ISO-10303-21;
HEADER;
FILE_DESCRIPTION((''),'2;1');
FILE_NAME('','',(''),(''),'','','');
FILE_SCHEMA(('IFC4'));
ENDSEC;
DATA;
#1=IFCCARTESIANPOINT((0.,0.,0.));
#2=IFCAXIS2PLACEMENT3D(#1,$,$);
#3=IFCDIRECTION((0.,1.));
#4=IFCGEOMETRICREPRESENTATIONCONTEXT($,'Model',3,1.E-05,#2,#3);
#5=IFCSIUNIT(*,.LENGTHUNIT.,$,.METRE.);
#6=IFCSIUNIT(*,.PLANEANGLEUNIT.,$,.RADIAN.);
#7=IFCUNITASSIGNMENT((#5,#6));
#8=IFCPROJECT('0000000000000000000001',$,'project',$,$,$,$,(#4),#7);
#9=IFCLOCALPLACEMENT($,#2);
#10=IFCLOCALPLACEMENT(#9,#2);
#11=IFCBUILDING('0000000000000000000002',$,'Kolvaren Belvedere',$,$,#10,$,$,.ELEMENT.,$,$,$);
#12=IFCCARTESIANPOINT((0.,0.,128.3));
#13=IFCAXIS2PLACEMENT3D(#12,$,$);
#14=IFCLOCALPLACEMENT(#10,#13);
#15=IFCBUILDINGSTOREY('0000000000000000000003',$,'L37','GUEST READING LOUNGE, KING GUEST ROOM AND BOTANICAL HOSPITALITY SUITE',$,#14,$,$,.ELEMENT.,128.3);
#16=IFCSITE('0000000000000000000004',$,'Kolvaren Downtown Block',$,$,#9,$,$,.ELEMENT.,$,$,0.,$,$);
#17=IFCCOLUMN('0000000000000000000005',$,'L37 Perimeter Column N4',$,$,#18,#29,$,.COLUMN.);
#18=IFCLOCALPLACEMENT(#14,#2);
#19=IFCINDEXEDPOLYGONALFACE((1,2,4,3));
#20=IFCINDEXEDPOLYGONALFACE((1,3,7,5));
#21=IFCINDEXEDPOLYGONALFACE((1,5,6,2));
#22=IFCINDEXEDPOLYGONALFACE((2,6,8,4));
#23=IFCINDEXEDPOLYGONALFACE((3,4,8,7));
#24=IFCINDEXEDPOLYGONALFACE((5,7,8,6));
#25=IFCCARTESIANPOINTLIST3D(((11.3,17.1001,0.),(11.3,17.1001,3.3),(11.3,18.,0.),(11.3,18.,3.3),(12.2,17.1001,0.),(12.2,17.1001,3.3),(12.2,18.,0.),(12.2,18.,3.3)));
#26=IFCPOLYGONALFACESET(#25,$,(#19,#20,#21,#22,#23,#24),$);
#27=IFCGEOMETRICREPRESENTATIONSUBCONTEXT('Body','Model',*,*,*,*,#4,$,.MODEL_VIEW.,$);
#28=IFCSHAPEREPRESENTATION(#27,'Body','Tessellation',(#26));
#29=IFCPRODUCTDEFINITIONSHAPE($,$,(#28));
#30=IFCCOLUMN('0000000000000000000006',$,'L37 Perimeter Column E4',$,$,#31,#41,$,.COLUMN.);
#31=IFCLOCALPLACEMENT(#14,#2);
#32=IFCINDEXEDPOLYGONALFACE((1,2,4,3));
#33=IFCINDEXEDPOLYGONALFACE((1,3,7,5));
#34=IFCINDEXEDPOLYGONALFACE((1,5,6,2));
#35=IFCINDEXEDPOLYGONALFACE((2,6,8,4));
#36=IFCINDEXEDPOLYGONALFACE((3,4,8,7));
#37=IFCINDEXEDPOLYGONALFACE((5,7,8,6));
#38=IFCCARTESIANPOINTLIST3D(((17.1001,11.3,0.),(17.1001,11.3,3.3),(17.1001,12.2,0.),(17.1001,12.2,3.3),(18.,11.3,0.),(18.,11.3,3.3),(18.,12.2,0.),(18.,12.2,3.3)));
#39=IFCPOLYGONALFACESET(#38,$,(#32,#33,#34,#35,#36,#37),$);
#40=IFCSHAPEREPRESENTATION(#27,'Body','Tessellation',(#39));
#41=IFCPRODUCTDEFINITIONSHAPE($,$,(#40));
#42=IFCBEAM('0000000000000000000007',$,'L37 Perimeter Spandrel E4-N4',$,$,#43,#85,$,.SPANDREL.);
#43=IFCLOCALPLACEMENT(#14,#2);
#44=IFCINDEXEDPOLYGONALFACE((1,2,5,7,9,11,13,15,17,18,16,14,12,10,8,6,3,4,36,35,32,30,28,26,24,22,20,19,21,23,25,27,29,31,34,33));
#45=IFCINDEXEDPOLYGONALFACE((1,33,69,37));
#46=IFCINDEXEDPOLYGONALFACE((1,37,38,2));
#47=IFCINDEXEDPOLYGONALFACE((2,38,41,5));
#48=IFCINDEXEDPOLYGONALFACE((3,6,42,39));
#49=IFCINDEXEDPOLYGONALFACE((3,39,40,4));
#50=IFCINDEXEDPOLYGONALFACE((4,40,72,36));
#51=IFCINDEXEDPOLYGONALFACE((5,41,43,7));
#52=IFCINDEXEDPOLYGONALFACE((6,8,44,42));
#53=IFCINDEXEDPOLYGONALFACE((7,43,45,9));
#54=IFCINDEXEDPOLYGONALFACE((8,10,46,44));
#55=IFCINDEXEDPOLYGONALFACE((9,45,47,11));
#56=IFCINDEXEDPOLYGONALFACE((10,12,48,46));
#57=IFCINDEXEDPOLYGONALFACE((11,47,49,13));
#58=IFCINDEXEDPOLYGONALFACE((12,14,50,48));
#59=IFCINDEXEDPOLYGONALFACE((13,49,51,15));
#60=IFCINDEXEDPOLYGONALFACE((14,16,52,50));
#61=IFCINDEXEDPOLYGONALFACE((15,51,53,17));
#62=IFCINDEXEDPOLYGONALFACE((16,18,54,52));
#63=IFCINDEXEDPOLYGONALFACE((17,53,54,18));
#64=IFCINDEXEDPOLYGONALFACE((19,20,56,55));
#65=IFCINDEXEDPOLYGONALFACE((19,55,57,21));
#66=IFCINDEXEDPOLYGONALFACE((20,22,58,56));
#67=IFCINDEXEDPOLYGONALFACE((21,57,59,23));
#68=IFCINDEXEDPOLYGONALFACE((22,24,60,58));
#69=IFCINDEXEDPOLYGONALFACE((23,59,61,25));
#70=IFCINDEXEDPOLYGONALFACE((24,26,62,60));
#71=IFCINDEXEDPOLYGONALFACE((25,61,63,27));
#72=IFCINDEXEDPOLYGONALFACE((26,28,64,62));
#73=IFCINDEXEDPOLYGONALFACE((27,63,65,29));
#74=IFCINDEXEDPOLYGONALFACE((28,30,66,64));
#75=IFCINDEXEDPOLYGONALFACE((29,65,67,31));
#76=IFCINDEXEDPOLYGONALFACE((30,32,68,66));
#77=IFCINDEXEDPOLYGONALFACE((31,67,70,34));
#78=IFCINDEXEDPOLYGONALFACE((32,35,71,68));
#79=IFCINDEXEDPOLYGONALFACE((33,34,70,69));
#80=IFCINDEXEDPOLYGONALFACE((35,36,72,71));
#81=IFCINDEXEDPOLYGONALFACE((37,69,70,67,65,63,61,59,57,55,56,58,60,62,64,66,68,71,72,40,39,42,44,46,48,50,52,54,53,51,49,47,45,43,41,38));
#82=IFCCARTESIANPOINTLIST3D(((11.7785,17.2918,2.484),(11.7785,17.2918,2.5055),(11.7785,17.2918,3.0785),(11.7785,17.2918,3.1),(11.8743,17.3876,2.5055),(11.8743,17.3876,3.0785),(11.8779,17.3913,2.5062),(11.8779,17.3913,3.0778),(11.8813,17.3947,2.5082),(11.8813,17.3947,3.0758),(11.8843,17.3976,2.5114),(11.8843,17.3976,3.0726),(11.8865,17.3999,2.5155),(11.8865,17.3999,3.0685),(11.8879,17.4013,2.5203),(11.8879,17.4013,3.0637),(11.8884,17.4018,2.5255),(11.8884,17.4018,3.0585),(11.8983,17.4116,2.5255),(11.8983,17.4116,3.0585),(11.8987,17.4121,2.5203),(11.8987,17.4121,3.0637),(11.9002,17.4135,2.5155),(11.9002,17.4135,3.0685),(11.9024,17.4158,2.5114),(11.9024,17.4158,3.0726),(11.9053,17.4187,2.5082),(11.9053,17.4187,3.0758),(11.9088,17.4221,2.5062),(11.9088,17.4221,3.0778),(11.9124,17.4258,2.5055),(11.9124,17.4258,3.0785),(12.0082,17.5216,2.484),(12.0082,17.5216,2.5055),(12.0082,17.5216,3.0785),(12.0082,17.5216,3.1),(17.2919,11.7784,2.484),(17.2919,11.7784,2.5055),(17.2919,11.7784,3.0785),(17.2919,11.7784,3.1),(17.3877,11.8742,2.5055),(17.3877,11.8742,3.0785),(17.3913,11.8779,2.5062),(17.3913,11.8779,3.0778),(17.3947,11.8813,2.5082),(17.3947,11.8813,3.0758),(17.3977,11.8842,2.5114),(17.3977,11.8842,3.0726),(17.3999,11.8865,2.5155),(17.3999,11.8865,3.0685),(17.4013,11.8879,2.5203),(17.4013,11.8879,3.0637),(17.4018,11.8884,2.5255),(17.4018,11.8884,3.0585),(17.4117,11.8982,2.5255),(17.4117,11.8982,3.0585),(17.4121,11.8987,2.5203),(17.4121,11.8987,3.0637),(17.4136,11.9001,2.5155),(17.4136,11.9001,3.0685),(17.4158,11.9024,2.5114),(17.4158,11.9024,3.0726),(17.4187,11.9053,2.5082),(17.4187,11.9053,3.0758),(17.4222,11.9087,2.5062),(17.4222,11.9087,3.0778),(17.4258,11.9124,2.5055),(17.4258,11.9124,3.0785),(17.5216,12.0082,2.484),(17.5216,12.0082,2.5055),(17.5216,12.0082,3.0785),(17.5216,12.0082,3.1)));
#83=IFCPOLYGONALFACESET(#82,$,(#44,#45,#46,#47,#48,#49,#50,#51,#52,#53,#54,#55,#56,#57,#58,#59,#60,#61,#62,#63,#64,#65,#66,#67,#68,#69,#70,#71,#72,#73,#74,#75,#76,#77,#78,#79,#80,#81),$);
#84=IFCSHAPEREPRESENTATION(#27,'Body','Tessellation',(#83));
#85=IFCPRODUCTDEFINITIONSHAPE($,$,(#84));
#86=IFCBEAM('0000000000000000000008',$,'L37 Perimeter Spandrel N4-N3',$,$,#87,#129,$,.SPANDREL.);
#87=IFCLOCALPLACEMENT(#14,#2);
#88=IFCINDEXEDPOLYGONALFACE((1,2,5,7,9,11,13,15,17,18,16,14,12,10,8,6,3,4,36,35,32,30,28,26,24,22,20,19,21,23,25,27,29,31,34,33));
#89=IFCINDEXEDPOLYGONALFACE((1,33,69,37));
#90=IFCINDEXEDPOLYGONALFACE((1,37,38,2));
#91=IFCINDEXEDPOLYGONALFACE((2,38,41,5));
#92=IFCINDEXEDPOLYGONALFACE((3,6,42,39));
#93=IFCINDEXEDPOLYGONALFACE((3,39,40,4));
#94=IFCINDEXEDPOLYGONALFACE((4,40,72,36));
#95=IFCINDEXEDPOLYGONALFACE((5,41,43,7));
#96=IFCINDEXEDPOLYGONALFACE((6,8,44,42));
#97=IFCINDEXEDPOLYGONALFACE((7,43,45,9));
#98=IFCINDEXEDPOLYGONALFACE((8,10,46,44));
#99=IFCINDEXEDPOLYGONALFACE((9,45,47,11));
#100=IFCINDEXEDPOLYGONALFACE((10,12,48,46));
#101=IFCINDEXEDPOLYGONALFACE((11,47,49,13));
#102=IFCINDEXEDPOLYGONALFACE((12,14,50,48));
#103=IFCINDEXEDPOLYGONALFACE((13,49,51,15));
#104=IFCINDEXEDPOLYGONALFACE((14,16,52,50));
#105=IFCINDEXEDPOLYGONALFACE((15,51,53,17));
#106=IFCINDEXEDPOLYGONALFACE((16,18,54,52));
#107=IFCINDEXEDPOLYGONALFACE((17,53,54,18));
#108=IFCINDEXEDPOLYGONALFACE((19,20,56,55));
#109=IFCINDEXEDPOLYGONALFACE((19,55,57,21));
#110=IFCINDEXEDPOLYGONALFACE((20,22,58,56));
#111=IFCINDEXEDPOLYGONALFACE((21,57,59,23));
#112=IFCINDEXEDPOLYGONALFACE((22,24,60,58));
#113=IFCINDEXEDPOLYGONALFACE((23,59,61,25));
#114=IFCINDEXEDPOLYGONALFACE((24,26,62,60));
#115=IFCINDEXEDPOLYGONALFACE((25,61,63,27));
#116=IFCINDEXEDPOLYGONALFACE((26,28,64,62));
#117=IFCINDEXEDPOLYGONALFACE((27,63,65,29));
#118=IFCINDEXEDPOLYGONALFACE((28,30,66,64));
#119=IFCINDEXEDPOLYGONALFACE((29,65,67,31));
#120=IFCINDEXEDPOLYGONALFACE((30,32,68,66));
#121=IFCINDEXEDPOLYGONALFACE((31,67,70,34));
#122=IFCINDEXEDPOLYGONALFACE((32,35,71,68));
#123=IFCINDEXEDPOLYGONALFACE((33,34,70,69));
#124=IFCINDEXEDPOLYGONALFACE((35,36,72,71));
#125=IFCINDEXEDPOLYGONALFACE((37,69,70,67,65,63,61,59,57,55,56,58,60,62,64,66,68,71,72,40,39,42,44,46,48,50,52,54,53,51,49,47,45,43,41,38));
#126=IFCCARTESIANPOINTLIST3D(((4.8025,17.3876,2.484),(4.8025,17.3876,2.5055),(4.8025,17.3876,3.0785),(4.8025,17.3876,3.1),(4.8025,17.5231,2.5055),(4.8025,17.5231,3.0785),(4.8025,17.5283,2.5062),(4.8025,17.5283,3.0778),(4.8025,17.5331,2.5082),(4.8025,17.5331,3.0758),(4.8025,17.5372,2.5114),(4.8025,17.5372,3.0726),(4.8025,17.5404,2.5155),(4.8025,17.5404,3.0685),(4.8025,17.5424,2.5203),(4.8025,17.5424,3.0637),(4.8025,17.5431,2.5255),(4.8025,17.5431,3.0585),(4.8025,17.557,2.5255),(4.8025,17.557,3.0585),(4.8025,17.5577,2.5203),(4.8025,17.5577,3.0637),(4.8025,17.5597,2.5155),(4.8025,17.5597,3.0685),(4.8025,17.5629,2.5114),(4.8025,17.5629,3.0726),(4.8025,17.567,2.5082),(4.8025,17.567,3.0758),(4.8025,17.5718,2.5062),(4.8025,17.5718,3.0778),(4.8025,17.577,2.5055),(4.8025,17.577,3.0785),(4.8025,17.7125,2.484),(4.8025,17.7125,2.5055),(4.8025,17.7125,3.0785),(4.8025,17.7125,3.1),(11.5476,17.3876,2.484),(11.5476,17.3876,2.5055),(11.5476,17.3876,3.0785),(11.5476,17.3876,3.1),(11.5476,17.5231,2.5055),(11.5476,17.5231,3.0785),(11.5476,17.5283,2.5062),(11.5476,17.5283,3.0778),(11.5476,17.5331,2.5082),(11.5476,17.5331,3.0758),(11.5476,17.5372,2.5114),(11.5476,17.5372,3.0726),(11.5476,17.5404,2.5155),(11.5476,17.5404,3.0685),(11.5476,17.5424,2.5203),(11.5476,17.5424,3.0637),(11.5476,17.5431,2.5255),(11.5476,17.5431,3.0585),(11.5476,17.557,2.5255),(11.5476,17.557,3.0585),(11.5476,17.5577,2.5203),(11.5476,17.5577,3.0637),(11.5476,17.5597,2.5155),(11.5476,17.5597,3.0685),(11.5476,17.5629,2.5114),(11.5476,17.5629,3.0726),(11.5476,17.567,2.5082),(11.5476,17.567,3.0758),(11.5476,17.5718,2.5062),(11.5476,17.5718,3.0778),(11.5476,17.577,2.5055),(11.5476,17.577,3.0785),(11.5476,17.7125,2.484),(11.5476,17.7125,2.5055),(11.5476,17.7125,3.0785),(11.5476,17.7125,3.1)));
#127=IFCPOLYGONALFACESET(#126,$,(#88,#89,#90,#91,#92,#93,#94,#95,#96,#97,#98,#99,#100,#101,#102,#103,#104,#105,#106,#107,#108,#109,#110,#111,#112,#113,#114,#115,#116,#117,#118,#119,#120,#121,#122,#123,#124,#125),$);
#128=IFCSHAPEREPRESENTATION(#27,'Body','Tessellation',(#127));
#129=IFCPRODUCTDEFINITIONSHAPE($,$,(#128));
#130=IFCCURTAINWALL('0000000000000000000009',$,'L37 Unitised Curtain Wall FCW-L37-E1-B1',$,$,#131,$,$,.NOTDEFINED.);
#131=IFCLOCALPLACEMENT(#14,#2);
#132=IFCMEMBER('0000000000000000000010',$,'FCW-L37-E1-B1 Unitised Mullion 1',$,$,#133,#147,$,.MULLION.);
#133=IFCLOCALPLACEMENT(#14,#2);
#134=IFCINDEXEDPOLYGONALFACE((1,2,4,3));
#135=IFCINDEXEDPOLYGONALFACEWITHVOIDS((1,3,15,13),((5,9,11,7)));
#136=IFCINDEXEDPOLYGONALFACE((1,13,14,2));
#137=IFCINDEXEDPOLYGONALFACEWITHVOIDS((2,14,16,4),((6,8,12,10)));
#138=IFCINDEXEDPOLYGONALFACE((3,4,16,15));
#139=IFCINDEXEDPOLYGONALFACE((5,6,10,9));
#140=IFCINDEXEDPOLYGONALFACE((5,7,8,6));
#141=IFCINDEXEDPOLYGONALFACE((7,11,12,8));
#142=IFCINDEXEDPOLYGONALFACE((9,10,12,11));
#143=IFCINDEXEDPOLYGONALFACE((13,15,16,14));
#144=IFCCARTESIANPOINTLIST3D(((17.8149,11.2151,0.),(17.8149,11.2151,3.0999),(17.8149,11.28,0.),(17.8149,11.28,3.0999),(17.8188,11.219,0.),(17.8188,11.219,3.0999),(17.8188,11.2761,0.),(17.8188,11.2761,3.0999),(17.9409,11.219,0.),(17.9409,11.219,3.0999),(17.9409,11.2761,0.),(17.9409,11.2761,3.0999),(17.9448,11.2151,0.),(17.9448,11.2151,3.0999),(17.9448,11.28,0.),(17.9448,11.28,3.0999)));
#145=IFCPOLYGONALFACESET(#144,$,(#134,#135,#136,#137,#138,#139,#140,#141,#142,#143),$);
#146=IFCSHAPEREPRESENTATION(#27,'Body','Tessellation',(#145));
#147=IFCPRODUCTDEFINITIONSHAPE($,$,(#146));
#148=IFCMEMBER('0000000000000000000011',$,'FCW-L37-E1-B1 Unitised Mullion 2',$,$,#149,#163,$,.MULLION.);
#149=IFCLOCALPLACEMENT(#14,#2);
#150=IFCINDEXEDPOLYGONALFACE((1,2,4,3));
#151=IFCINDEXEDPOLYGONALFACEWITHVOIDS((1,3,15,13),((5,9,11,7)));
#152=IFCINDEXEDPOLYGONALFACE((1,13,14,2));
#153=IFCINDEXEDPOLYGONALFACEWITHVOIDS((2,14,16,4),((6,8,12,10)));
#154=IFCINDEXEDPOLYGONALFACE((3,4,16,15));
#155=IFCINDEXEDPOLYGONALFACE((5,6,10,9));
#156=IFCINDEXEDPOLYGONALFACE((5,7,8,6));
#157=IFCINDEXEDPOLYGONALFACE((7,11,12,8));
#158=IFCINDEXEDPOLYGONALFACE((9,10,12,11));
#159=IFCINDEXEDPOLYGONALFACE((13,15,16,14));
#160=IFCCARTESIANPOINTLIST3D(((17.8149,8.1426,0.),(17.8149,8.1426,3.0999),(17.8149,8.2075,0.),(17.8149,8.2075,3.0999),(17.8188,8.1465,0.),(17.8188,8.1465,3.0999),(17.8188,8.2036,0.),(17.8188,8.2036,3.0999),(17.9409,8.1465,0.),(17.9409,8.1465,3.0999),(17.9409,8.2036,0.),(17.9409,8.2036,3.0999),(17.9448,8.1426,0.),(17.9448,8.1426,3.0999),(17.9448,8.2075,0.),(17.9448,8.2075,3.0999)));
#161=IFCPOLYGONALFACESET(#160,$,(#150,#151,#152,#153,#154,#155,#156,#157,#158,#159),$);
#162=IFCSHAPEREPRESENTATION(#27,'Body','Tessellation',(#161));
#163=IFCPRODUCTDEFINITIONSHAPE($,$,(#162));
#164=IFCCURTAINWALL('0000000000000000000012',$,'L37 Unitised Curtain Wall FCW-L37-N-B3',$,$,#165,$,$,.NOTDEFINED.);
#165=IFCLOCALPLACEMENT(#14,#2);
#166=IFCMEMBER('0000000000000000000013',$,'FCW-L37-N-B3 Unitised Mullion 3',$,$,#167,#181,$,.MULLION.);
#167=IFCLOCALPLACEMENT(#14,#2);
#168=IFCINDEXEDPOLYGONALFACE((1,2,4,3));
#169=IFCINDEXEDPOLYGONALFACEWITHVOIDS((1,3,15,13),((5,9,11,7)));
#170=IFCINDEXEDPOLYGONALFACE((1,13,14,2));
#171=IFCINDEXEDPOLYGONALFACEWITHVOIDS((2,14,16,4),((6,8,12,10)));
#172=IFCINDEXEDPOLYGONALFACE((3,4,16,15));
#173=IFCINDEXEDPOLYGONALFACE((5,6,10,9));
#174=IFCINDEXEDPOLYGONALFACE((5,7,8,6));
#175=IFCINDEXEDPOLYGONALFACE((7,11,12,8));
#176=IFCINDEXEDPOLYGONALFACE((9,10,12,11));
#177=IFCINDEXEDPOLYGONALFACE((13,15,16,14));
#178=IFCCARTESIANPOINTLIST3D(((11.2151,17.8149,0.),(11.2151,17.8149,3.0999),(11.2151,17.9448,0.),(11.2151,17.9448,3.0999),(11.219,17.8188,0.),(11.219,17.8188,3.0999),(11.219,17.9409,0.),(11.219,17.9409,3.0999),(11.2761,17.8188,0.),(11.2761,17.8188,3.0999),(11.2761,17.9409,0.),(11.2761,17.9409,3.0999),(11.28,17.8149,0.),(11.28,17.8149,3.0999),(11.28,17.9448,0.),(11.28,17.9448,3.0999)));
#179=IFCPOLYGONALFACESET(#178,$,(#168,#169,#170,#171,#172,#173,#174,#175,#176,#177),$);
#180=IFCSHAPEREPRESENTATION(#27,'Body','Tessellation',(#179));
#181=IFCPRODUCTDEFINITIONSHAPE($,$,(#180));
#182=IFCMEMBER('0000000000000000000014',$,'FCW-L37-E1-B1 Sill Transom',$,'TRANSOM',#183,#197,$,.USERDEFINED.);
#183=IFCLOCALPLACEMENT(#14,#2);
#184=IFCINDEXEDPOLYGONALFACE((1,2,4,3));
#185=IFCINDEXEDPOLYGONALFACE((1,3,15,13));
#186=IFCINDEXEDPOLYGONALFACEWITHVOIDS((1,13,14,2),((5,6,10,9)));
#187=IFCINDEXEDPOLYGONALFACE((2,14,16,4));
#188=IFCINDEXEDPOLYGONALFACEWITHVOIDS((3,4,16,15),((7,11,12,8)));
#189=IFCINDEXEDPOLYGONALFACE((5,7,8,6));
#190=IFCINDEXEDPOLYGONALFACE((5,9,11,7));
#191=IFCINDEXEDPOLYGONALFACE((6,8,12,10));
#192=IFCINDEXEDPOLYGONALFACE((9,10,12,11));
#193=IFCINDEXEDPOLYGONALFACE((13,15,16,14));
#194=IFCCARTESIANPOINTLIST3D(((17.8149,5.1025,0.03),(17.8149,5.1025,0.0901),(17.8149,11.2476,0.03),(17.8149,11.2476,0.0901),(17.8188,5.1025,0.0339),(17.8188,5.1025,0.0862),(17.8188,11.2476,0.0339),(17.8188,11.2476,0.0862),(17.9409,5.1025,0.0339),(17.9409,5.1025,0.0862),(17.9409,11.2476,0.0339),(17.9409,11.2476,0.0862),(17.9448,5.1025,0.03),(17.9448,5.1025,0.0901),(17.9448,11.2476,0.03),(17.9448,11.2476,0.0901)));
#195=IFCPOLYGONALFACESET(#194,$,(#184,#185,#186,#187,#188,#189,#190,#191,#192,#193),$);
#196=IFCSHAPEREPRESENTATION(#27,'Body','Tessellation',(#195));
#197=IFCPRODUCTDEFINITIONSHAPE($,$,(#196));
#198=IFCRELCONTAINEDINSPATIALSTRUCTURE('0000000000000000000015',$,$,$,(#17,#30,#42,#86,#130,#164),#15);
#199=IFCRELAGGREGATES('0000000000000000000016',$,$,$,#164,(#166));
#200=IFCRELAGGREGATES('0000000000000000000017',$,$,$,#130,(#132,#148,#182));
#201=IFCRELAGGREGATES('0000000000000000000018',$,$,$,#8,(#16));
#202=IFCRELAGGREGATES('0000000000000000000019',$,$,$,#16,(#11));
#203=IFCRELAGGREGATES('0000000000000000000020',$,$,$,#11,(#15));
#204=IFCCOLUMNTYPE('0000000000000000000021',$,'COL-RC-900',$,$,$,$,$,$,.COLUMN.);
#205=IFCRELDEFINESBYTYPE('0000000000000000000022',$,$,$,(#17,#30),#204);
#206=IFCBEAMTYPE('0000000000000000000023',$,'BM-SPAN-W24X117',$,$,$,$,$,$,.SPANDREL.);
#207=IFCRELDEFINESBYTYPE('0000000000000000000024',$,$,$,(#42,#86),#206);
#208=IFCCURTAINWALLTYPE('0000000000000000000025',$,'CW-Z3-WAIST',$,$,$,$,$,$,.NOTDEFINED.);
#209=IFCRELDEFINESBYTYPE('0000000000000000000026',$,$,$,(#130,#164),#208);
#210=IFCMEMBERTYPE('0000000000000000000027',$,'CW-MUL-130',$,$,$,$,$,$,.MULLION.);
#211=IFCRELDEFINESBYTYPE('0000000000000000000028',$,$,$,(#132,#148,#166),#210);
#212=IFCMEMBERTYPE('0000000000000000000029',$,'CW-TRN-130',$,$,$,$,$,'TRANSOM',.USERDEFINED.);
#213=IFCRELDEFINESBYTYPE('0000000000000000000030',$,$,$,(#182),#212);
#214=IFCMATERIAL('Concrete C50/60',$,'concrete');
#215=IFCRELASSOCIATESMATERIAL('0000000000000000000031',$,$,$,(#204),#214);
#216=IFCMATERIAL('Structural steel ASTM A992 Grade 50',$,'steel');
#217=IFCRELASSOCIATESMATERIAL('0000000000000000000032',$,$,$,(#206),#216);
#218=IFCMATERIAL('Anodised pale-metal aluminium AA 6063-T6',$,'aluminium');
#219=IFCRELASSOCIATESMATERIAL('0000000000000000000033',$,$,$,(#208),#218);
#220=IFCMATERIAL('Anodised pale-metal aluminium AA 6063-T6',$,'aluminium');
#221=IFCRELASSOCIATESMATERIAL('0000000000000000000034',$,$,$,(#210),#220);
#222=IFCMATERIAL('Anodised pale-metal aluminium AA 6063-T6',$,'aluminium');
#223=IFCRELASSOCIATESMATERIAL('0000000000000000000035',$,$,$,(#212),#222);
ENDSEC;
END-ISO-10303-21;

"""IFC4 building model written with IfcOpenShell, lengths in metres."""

from ifc_helpers import new_model, si_unit, direction, frame, origin, origin_2d, place, context, subcontext, project, spatial, rectangle, hollow_rectangle, i_section, extrude, material, material_profile, profile_set, type_object, element, aggregate, save


model = new_model("IFC4")

# Units and contexts
model_context = context("Model", 3, precision=1e-05, world=origin(), true_north=direction((0.0, 1.0)))
body_context = subcontext(model_context, "Body", "Model", "MODEL_VIEW")
ifc_project = project(units=[si_unit("LENGTHUNIT", "METRE"), si_unit("PLANEANGLEUNIT", "RADIAN")], contexts=[model_context])

# Site, building, storey
site_placement = place(None, origin())
site = spatial("IfcSite", under=ifc_project, at=site_placement, Name="Kolvaren Downtown Block", CompositionType="ELEMENT", RefElevation=0.0)
building_placement = place(site_placement, origin())
building = spatial("IfcBuilding", under=site, at=building_placement, Name="Kolvaren Belvedere", CompositionType="ELEMENT")
storey_placement = place(building_placement, frame((0.0, 0.0, 128.3)))
storey = spatial("IfcBuildingStorey", under=building, at=storey_placement, Name="L37", Description="GUEST READING LOUNGE, KING GUEST ROOM AND BOTANICAL HOSPITALITY SUITE", CompositionType="ELEMENT", Elevation=128.3)

# Columns
ifc_material_1 = material(Name="Concrete C50/60", Category="concrete")
ifc_material_profile_1 = material_profile(ifc_material_1, rectangle(XDim=0.8999, YDim=0.8999, at=origin_2d()), Name="RC 900X900")
ifc_profile_set_1 = profile_set([ifc_material_profile_1], Name="Concrete C50/60")
column_type = type_object("IfcColumnType", Name="COL-RC-900", PredefinedType="COLUMN", material=ifc_profile_set_1)
for number, where, z_axis, x_axis, name in (
    (1, (11.75, 17.55, 0.0), (0.0, 0.0, 1.0), (1.0, 0.0, 0.0), "L37 Perimeter Column N4"),
    (2, (17.55, 11.75, 0.0), (0.0, 0.0, 1.0), (1.0, 0.0, 0.0), "L37 Perimeter Column E4"),
):
    element("IfcColumn", number, at=place(storey_placement, frame(where, z_axis=z_axis, x_axis=x_axis)), inside=storey, type_object=column_type, Name=name, PredefinedType="COLUMN", context=body_context, shape_type="SweptSolid", body=[
        extrude(rectangle(XDim=0.8999, YDim=0.8999, at=origin_2d()), origin(), (0.0, 0.0, 1.0), 3.3),
    ])

# Beams
ifc_material_2 = material(Name="Structural steel ASTM A992 Grade 50", Category="steel")
ifc_material_profile_2 = material_profile(ifc_material_2, i_section(OverallWidth=0.325, OverallDepth=0.616, WebThickness=0.0139, FlangeThickness=0.0215, FilletRadius=0.02, at=origin_2d()), Name="W24X117")
ifc_profile_set_2 = profile_set([ifc_material_profile_2], Name="Structural steel ASTM A992 Grade 50")
beam_type = type_object("IfcBeamType", Name="BM-SPAN-W24X117", PredefinedType="SPANDREL", material=ifc_profile_set_2)
beam_1_placement = place(storey_placement, frame((17.4067, 11.8933, 2.792), z_axis=(-0.707107, 0.707107, 0.0), x_axis=(-0.707107, -0.707107, 0.0)))
element("IfcBeam", 3, at=beam_1_placement, inside=storey, type_object=beam_type, Name="L37 Perimeter Spandrel E4-N4", PredefinedType="SPANDREL", context=body_context, shape_type="SweptSolid", body=[
    extrude(i_section(OverallWidth=0.325, OverallDepth=0.616, WebThickness=0.0139, FlangeThickness=0.0215, FilletRadius=0.02, at=origin_2d()), origin(), (0.0, 0.0, 1.0), 7.7971),
])
beam_2_placement = place(storey_placement, frame((11.5476, 17.55, 2.792), z_axis=(-1.0, 0.0, 0.0), x_axis=(0.0, -1.0, 0.0)))
element("IfcBeam", 4, at=beam_2_placement, inside=storey, type_object=beam_type, Name="L37 Perimeter Spandrel N4-N3", PredefinedType="SPANDREL", context=body_context, shape_type="SweptSolid", body=[
    extrude(i_section(OverallWidth=0.325, OverallDepth=0.616, WebThickness=0.0139, FlangeThickness=0.0215, FilletRadius=0.02, at=origin_2d()), origin(), (0.0, 0.0, 1.0), 6.7451),
])

# Curtain wall, members
ifc_material_3 = material(Name="Anodised pale-metal aluminium AA 6063-T6", Category="aluminium")
curtain_wall_type = type_object("IfcCurtainWallType", Name="CW-Z3-WAIST", PredefinedType="NOTDEFINED", material=ifc_material_3)
curtain_wall_1_placement = place(storey_placement, origin())
curtain_wall_1 = element("IfcCurtainWall", 5, at=curtain_wall_1_placement, inside=storey, type_object=curtain_wall_type, Name="L37 Unitised Curtain Wall FCW-L37-E1-B1", PredefinedType="NOTDEFINED")
ifc_material_4 = material(Name="Anodised pale-metal aluminium AA 6063-T6", Category="aluminium")
ifc_material_profile_3 = material_profile(ifc_material_4, hollow_rectangle(XDim=0.0649, YDim=0.1299, WallThickness=0.0039, at=origin_2d()), Name="ALU-MUL-130X65")
ifc_profile_set_3 = profile_set([ifc_material_profile_3], Name="Anodised pale-metal aluminium AA 6063-T6")
member_type_1 = type_object("IfcMemberType", Name="CW-MUL-130", PredefinedType="MULLION", material=ifc_profile_set_3)
member_1_placement = place(storey_placement, frame((17.8799, 11.2476, 0.0), z_axis=(0.0, 0.0, 1.0), x_axis=(0.0, 1.0, 0.0)))
member_1 = element("IfcMember", 6, at=member_1_placement, type_object=member_type_1, Name="FCW-L37-E1-B1 Unitised Mullion 1", PredefinedType="MULLION", context=body_context, shape_type="SweptSolid", body=[
    extrude(hollow_rectangle(XDim=0.0649, YDim=0.1299, WallThickness=0.0039, at=origin_2d()), origin(), (0.0, 0.0, 1.0), 3.0999),
])
member_2_placement = place(storey_placement, frame((17.8799, 8.175, 0.0), z_axis=(0.0, 0.0, 1.0), x_axis=(0.0, 1.0, 0.0)))
member_2 = element("IfcMember", 7, at=member_2_placement, type_object=member_type_1, Name="FCW-L37-E1-B1 Unitised Mullion 2", PredefinedType="MULLION", context=body_context, shape_type="SweptSolid", body=[
    extrude(hollow_rectangle(XDim=0.0649, YDim=0.1299, WallThickness=0.0039, at=origin_2d()), origin(), (0.0, 0.0, 1.0), 3.0999),
])

# Curtain wall, member
curtain_wall_2_placement = place(storey_placement, origin())
curtain_wall_2 = element("IfcCurtainWall", 8, at=curtain_wall_2_placement, inside=storey, type_object=curtain_wall_type, Name="L37 Unitised Curtain Wall FCW-L37-N-B3", PredefinedType="NOTDEFINED")
member_3_placement = place(storey_placement, frame((11.2476, 17.8799, 0.0), z_axis=(0.0, 0.0, 1.0), x_axis=(1.0, 0.0, 0.0)))
member_3 = element("IfcMember", 9, at=member_3_placement, type_object=member_type_1, Name="FCW-L37-N-B3 Unitised Mullion 3", PredefinedType="MULLION", context=body_context, shape_type="SweptSolid", body=[
    extrude(hollow_rectangle(XDim=0.0649, YDim=0.1299, WallThickness=0.0039, at=origin_2d()), origin(), (0.0, 0.0, 1.0), 3.0999),
])
aggregate(curtain_wall_2, [member_3])

# Member
ifc_material_5 = material(Name="Anodised pale-metal aluminium AA 6063-T6", Category="aluminium")
ifc_material_profile_4 = material_profile(ifc_material_5, hollow_rectangle(XDim=0.0601, YDim=0.1299, WallThickness=0.0039, at=origin_2d()), Name="ALU-TRN-130X60")
ifc_profile_set_4 = profile_set([ifc_material_profile_4], Name="Anodised pale-metal aluminium AA 6063-T6")
member_type_2 = type_object("IfcMemberType", Name="CW-TRN-130", ElementType="TRANSOM", PredefinedType="USERDEFINED", material=ifc_profile_set_4)
member_4_placement = place(storey_placement, frame((17.8799, 11.2476, 0.0601), z_axis=(0.0, -1.0, 0.0), x_axis=(0.0, 0.0, 1.0)))
member_4 = element("IfcMember", 10, at=member_4_placement, type_object=member_type_2, Name="FCW-L37-E1-B1 Sill Transom", ObjectType="TRANSOM", PredefinedType="USERDEFINED", context=body_context, shape_type="SweptSolid", body=[
    extrude(hollow_rectangle(XDim=0.0601, YDim=0.1299, WallThickness=0.0039, at=origin_2d()), origin(), (0.0, 0.0, 1.0), 6.145),
])

aggregate(curtain_wall_1, [member_1, member_2, member_4])

save(model, "model.ifc")
